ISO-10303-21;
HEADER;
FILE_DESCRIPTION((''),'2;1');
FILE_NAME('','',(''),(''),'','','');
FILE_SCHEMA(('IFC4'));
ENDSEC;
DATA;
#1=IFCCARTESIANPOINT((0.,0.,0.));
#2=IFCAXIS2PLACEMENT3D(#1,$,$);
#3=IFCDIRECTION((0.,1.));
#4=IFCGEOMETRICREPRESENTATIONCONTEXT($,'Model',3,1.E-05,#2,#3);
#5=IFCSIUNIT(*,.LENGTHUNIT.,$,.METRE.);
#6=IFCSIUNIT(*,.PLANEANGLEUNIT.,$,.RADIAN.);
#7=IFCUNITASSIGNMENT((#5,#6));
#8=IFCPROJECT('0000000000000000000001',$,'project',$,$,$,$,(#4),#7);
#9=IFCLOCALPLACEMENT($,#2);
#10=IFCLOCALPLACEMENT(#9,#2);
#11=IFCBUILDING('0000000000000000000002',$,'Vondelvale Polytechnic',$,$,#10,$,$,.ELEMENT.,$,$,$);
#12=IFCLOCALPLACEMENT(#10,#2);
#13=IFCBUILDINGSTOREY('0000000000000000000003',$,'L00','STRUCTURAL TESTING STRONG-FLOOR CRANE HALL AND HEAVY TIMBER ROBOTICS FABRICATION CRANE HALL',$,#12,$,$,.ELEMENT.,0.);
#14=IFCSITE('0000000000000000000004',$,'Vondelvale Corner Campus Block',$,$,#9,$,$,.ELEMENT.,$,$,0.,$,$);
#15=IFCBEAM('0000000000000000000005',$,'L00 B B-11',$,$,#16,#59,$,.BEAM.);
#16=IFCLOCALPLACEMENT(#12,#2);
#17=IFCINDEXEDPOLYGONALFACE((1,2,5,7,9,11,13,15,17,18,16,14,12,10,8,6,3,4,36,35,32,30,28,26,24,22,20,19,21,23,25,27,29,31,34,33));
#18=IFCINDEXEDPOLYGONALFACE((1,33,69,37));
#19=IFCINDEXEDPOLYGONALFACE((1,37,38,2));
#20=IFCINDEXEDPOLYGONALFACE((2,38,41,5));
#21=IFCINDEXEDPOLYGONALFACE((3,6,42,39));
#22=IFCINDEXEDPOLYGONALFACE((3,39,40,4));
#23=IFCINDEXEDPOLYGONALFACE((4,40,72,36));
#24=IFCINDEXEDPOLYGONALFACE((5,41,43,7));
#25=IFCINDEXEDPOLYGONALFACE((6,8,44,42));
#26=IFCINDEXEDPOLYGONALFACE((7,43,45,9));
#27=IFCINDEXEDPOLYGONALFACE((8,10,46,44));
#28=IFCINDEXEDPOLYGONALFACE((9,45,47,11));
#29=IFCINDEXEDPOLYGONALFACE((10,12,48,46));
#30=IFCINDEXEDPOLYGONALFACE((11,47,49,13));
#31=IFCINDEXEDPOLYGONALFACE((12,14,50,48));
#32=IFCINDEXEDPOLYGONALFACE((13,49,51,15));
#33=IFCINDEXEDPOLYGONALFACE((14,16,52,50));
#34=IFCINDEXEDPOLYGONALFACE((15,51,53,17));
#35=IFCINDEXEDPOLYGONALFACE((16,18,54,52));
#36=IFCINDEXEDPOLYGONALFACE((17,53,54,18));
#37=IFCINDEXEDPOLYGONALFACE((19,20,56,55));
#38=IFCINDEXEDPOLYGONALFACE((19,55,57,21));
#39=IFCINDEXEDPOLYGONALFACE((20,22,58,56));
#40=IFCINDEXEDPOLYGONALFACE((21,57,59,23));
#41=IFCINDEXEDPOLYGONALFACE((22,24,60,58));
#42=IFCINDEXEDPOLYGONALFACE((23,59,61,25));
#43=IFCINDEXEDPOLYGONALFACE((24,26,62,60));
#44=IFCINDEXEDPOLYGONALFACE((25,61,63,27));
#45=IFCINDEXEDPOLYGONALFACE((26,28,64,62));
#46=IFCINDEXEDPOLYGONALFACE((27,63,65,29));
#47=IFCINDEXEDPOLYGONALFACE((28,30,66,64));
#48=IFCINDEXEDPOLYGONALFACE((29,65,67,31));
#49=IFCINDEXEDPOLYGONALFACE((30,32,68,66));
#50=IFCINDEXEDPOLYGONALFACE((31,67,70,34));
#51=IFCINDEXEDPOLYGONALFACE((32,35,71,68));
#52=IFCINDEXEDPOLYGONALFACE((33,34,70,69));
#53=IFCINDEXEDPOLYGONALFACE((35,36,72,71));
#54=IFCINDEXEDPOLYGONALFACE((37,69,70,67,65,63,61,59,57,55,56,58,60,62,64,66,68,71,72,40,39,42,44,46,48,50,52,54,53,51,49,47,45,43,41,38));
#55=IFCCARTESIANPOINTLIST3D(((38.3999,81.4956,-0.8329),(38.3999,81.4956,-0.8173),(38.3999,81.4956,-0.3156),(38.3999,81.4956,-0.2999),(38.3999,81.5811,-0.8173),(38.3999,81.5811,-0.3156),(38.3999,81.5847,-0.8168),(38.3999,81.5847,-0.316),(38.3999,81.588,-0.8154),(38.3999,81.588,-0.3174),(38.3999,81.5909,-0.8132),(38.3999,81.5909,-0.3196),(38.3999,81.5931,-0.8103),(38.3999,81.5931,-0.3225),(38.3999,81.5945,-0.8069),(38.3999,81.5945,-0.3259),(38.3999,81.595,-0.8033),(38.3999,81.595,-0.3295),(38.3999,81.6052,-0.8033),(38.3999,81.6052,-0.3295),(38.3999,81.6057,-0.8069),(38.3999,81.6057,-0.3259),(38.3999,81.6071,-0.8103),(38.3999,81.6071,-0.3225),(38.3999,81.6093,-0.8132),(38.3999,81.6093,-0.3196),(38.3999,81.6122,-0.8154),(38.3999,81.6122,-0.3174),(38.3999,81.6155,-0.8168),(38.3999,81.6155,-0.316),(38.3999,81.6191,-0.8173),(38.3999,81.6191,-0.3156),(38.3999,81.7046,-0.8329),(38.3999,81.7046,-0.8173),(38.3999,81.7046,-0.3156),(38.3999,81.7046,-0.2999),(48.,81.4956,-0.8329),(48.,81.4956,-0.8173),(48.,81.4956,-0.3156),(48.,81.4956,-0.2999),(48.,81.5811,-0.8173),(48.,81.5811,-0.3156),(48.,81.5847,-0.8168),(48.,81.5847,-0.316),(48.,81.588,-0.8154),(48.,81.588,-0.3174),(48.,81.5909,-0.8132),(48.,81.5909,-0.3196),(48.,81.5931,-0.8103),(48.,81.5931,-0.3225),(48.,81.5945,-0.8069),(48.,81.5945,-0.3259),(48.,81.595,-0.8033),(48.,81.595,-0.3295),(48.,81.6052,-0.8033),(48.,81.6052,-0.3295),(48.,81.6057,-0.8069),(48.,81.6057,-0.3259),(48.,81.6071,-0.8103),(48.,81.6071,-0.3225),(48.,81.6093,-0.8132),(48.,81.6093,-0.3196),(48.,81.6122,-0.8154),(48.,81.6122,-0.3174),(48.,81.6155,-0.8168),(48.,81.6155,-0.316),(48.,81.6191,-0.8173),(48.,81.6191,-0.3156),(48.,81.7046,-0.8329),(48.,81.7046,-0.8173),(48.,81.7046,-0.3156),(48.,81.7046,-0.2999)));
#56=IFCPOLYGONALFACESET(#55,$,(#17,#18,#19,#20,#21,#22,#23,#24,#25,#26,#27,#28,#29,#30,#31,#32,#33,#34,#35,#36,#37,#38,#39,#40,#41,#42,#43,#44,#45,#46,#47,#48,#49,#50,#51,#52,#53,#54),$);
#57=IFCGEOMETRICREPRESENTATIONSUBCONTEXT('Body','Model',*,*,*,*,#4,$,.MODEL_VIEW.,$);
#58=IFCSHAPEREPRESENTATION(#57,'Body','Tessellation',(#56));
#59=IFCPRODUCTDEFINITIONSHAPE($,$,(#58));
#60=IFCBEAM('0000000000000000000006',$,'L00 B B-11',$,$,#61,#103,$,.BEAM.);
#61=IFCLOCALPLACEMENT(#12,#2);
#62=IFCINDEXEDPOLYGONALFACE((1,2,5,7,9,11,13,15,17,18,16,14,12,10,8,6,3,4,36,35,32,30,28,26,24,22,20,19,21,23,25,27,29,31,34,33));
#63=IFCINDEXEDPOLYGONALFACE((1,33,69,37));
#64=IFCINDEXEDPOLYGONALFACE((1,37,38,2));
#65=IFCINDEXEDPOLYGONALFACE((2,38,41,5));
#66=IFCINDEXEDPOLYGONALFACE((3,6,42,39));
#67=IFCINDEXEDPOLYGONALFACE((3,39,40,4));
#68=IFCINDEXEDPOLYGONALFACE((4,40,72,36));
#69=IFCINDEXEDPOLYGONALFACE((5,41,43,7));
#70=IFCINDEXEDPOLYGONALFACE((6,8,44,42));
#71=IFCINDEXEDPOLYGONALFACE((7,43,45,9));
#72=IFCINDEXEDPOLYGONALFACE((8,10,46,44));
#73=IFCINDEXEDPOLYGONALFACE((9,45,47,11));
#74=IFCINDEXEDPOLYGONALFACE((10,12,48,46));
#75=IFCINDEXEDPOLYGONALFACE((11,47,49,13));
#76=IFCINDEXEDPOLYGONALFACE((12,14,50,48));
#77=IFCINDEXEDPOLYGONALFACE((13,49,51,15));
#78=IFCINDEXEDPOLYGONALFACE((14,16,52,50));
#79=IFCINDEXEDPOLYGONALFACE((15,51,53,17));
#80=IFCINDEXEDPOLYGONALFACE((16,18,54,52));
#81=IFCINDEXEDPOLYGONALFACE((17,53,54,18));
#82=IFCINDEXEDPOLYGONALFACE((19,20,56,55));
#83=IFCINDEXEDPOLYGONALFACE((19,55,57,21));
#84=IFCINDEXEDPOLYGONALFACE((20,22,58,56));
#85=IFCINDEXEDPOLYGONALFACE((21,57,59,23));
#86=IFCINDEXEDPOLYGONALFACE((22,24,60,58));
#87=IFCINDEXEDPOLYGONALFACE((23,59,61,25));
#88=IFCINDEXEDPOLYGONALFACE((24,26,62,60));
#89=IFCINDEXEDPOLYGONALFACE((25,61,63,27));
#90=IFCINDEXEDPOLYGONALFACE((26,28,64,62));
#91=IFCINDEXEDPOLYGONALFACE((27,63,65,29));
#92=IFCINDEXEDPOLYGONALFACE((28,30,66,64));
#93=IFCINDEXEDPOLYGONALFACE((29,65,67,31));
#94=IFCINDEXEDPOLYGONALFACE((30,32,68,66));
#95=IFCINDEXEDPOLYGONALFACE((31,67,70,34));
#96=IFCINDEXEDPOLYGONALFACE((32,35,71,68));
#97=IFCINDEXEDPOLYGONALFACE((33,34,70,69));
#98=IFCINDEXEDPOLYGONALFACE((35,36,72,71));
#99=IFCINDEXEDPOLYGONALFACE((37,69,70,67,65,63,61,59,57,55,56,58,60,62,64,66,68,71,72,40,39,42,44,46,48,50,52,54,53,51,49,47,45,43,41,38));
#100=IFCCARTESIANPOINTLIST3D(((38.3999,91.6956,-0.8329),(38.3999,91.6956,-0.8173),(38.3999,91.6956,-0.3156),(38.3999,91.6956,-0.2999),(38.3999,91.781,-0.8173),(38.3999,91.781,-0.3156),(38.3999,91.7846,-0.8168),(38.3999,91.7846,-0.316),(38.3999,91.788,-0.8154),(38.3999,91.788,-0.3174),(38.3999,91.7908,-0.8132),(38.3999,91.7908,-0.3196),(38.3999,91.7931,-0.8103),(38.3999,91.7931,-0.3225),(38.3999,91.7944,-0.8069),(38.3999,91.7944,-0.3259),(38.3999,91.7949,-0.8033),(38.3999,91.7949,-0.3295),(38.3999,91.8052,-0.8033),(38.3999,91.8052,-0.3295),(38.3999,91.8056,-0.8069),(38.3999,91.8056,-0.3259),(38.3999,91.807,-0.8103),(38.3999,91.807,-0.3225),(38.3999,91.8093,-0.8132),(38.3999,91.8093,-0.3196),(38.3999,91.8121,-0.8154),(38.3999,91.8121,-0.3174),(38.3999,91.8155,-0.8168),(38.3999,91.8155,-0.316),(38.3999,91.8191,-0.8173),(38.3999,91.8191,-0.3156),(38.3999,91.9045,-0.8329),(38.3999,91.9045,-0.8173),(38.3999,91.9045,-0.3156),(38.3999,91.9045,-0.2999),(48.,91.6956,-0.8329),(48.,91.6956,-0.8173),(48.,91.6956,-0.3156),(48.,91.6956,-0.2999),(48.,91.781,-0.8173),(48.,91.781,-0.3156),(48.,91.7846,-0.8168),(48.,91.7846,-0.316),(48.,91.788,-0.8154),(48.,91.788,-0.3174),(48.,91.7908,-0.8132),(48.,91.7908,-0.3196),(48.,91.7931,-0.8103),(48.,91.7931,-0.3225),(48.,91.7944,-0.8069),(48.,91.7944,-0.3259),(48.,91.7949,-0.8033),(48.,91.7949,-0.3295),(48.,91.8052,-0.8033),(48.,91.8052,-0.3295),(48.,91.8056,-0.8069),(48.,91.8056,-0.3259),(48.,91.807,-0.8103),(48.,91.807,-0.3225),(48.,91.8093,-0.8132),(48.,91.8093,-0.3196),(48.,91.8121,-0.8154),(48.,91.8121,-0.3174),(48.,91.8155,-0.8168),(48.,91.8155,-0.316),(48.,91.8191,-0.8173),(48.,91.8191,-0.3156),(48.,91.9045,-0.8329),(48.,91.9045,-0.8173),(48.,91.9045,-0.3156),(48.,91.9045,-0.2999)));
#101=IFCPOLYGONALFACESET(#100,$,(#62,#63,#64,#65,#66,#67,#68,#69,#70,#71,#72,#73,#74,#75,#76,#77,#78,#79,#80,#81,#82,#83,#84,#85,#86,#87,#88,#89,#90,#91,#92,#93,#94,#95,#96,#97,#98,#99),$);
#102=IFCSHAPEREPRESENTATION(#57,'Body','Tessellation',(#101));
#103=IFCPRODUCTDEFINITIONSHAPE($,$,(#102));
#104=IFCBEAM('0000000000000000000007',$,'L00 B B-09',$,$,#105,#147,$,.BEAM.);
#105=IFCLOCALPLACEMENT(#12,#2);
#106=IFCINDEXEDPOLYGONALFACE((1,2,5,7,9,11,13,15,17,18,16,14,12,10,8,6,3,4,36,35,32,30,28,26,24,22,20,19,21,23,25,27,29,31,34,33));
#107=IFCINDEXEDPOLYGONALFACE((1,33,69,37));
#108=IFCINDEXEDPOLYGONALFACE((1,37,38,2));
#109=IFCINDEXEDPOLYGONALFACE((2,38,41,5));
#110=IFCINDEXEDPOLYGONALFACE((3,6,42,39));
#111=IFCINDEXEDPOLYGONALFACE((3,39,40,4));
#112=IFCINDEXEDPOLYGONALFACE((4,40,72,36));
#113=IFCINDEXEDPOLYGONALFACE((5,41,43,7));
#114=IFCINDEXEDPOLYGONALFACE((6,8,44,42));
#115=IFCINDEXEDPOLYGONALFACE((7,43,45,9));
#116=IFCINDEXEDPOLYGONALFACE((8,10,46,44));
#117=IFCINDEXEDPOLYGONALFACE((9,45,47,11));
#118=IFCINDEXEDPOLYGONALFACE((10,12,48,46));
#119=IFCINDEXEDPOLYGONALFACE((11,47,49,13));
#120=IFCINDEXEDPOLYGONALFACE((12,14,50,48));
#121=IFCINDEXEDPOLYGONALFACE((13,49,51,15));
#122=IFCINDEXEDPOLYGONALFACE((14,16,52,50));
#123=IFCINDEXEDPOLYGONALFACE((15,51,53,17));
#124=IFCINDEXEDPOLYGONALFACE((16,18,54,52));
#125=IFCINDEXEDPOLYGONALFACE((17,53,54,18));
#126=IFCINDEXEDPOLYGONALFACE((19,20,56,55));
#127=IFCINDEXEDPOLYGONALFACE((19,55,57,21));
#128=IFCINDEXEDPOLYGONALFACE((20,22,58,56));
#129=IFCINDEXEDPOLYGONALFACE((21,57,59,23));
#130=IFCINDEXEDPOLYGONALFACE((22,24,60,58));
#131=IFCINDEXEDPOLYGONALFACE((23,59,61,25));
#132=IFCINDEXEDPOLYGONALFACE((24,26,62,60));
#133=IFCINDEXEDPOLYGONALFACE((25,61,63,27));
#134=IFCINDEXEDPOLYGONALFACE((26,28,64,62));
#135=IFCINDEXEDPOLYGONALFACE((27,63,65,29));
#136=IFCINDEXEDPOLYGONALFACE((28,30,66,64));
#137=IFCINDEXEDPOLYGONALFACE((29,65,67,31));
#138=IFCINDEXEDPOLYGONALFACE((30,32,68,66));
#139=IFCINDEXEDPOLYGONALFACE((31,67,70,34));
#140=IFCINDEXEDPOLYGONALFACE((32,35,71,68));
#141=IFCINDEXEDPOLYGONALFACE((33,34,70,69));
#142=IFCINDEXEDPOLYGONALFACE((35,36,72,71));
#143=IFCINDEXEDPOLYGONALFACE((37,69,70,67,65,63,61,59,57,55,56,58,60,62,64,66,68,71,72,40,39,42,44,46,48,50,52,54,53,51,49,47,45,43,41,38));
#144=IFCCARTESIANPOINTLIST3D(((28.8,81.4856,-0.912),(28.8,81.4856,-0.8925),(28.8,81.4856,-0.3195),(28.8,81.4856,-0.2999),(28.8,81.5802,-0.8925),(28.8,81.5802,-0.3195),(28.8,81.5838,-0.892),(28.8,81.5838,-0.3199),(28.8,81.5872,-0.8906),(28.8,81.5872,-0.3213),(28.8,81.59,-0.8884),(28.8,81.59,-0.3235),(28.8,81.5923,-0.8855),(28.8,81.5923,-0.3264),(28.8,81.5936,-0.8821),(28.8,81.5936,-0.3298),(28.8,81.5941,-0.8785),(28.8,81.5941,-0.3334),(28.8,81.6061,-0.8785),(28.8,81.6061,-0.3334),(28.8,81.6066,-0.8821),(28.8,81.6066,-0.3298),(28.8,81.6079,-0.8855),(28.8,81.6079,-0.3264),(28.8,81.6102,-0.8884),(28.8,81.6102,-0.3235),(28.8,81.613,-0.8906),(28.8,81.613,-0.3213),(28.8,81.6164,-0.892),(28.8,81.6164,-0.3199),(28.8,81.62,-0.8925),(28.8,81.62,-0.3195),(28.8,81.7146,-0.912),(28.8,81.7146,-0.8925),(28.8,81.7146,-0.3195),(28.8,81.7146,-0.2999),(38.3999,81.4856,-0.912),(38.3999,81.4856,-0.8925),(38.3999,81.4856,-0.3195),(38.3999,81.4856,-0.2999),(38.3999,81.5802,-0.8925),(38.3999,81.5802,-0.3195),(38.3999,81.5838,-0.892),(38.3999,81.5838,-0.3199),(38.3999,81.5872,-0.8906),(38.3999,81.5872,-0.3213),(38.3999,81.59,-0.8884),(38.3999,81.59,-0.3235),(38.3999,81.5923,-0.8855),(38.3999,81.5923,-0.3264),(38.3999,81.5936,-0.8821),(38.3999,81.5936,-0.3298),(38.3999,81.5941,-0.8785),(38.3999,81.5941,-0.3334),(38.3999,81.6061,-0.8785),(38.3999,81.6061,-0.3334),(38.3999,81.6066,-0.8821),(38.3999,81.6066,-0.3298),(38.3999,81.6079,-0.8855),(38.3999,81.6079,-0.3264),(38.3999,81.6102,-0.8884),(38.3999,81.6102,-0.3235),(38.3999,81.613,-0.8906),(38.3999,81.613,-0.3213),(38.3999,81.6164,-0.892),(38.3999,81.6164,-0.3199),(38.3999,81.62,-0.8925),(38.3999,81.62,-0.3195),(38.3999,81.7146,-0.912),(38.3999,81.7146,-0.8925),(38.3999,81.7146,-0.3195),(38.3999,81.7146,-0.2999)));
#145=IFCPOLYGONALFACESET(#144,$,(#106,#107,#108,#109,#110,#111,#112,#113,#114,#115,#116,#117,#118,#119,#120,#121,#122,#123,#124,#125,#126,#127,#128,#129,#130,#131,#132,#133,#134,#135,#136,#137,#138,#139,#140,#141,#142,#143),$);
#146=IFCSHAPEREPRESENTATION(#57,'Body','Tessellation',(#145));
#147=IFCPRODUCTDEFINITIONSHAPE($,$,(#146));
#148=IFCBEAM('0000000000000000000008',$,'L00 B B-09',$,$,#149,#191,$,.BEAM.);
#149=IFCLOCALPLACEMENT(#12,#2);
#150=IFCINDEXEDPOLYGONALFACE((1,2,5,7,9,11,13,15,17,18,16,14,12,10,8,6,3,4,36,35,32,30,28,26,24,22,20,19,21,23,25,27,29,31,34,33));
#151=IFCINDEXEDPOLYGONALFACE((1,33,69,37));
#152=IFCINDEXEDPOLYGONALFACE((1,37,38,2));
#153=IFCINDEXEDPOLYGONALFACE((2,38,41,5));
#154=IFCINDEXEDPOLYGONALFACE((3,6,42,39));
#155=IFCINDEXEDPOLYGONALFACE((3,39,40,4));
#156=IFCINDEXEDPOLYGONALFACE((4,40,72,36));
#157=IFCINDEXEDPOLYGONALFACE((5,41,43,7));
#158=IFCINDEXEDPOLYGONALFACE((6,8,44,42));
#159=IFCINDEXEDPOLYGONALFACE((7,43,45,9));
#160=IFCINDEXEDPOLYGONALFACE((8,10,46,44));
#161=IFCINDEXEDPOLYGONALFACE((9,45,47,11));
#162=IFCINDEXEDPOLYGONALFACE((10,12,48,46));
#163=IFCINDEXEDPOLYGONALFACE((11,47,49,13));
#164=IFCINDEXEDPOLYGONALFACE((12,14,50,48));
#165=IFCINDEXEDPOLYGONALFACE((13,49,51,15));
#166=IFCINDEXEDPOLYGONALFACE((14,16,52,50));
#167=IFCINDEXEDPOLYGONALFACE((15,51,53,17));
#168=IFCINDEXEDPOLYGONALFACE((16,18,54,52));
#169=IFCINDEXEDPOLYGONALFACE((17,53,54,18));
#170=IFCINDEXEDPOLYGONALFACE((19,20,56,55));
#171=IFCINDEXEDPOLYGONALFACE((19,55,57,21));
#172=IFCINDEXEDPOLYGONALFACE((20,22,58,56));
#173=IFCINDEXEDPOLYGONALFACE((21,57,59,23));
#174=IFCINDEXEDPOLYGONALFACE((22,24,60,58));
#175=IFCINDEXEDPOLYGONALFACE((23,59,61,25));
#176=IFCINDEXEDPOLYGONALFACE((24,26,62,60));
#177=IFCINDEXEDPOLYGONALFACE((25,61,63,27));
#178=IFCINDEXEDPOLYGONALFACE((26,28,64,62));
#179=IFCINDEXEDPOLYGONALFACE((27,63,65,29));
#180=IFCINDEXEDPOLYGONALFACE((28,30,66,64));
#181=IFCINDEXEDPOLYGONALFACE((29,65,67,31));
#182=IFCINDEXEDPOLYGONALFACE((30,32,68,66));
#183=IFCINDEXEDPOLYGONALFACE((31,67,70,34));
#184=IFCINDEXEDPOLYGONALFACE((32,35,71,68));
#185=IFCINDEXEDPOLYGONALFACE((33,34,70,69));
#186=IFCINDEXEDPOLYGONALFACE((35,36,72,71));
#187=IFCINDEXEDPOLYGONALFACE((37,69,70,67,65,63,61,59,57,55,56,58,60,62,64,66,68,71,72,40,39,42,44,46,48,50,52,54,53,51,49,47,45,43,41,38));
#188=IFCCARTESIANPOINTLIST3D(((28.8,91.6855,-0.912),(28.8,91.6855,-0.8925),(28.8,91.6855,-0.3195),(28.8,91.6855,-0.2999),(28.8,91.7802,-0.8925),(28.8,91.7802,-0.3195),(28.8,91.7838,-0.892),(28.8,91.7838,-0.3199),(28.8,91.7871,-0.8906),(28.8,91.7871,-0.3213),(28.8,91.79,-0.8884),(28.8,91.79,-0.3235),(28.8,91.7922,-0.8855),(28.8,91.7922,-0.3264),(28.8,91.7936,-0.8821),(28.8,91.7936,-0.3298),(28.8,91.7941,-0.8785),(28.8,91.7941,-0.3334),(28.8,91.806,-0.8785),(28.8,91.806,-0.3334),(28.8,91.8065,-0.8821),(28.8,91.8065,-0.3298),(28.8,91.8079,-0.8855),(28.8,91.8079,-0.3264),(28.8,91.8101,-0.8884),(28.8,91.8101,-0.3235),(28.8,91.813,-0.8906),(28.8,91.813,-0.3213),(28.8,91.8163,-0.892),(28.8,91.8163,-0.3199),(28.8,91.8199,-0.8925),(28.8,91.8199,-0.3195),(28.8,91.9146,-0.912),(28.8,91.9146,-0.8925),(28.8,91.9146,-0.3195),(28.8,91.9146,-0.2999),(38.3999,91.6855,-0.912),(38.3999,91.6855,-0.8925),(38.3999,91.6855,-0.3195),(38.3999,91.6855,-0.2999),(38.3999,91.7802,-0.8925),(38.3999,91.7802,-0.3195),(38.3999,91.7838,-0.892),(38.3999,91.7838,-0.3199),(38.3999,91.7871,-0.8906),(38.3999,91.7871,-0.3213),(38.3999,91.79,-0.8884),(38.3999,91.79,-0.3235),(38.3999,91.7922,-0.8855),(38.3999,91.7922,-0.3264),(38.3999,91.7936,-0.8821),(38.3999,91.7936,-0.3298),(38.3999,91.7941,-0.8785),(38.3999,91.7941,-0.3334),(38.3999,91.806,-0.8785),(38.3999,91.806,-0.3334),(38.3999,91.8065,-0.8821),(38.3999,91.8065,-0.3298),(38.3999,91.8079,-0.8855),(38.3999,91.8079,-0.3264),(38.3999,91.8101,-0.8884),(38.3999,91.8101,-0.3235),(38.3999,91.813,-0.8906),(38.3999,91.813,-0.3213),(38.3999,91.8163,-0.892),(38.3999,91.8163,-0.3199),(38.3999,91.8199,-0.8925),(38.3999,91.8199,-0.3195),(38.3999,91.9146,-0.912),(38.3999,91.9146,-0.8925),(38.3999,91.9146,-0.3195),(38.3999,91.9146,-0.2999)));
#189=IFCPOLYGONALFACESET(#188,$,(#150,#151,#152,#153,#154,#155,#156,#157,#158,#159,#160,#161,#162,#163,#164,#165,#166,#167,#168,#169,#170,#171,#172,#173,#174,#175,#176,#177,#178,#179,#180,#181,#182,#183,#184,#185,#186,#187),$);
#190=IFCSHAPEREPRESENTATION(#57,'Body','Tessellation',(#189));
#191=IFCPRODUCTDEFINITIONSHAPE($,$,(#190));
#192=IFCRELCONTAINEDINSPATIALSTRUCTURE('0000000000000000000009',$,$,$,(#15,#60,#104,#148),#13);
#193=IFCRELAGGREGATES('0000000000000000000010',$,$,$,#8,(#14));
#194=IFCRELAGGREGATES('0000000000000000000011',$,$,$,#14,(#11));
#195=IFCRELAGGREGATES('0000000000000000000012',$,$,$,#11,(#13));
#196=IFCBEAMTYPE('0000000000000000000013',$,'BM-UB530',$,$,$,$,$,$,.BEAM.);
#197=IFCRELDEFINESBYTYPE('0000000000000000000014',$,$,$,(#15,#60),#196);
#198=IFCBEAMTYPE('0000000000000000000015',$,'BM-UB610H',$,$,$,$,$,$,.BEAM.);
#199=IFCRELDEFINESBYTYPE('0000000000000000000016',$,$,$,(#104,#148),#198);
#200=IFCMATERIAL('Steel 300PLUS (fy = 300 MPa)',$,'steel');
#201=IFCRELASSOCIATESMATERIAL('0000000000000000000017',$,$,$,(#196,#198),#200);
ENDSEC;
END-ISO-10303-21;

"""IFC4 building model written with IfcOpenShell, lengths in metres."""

from ifc_helpers import new_model, si_unit, direction, frame, origin, origin_2d, place, context, subcontext, project, spatial, i_section, extrude, material, material_profile, profile_set, type_object, element, save


model = new_model("IFC4")

# Units and contexts
model_context = context("Model", 3, precision=1e-05, world=origin(), true_north=direction((0.0, 1.0)))
body_context = subcontext(model_context, "Body", "Model", "MODEL_VIEW")
ifc_project = project(units=[si_unit("LENGTHUNIT", "METRE"), si_unit("PLANEANGLEUNIT", "RADIAN")], contexts=[model_context])

# Site, building, storey
site_placement = place(None, origin())
site = spatial("IfcSite", under=ifc_project, at=site_placement, Name="Vondelvale Corner Campus Block", CompositionType="ELEMENT", RefElevation=0.0)
building_placement = place(site_placement, origin())
building = spatial("IfcBuilding", under=site, at=building_placement, Name="Vondelvale Polytechnic", CompositionType="ELEMENT")
storey_placement = place(building_placement, origin())
storey = spatial("IfcBuildingStorey", under=building, at=storey_placement, Name="L00", Description="STRUCTURAL TESTING STRONG-FLOOR CRANE HALL AND HEAVY TIMBER ROBOTICS FABRICATION CRANE HALL", CompositionType="ELEMENT", Elevation=0.0)

# Beams
ifc_material_1 = material(Name="Steel 300PLUS (fy = 300 MPa)", Category="steel")
ifc_material_profile_1 = material_profile(ifc_material_1, i_section(OverallWidth=0.209, OverallDepth=0.533, WebThickness=0.0103, FlangeThickness=0.0156, FilletRadius=0.0139, at=origin_2d()), Name="530UB92.4")
ifc_profile_set_1 = profile_set([ifc_material_profile_1], Name="Steel 300PLUS (fy = 300 MPa)")
beam_type_1 = type_object("IfcBeamType", Name="BM-UB530", PredefinedType="BEAM", material=ifc_profile_set_1)
for number, where, z_axis, x_axis, name in (
    (1, (38.3999, 81.6001, -0.5664), (1.0, 0.0, 0.0), (0.0, 1.0, 0.0), "L00 B B-11"),
    (2, (38.3999, 91.8, -0.5664), (1.0, 0.0, 0.0), (0.0, 1.0, 0.0), "L00 B B-11"),
):
    element("IfcBeam", number, at=place(storey_placement, frame(where, z_axis=z_axis, x_axis=x_axis)), inside=storey, type_object=beam_type_1, Name=name, PredefinedType="BEAM", context=body_context, shape_type="SweptSolid", body=[
        extrude(i_section(OverallWidth=0.209, OverallDepth=0.533, WebThickness=0.0103, FlangeThickness=0.0156, FilletRadius=0.0139, at=origin_2d()), origin(), (0.0, 0.0, 1.0), 9.6001),
    ])
ifc_material_profile_2 = material_profile(ifc_material_1, i_section(OverallWidth=0.229, OverallDepth=0.6121, WebThickness=0.012, FlangeThickness=0.0195, FilletRadius=0.0139, at=origin_2d()), Name="610UB125")
ifc_profile_set_2 = profile_set([ifc_material_profile_2], Name="Steel 300PLUS (fy = 300 MPa)")
beam_type_2 = type_object("IfcBeamType", Name="BM-UB610H", PredefinedType="BEAM", material=ifc_profile_set_2)
for number, where, z_axis, x_axis, name in (
    (3, (28.8, 81.6001, -0.606), (1.0, 0.0, 0.0), (0.0, 1.0, 0.0), "L00 B B-09"),
    (4, (28.8, 91.8, -0.606), (1.0, 0.0, 0.0), (0.0, 1.0, 0.0), "L00 B B-09"),
):
    element("IfcBeam", number, at=place(storey_placement, frame(where, z_axis=z_axis, x_axis=x_axis)), inside=storey, type_object=beam_type_2, Name=name, PredefinedType="BEAM", context=body_context, shape_type="SweptSolid", body=[
        extrude(i_section(OverallWidth=0.229, OverallDepth=0.6121, WebThickness=0.012, FlangeThickness=0.0195, FilletRadius=0.0139, at=origin_2d()), origin(), (0.0, 0.0, 1.0), 9.5999),
    ])

save(model, "model.ifc")
